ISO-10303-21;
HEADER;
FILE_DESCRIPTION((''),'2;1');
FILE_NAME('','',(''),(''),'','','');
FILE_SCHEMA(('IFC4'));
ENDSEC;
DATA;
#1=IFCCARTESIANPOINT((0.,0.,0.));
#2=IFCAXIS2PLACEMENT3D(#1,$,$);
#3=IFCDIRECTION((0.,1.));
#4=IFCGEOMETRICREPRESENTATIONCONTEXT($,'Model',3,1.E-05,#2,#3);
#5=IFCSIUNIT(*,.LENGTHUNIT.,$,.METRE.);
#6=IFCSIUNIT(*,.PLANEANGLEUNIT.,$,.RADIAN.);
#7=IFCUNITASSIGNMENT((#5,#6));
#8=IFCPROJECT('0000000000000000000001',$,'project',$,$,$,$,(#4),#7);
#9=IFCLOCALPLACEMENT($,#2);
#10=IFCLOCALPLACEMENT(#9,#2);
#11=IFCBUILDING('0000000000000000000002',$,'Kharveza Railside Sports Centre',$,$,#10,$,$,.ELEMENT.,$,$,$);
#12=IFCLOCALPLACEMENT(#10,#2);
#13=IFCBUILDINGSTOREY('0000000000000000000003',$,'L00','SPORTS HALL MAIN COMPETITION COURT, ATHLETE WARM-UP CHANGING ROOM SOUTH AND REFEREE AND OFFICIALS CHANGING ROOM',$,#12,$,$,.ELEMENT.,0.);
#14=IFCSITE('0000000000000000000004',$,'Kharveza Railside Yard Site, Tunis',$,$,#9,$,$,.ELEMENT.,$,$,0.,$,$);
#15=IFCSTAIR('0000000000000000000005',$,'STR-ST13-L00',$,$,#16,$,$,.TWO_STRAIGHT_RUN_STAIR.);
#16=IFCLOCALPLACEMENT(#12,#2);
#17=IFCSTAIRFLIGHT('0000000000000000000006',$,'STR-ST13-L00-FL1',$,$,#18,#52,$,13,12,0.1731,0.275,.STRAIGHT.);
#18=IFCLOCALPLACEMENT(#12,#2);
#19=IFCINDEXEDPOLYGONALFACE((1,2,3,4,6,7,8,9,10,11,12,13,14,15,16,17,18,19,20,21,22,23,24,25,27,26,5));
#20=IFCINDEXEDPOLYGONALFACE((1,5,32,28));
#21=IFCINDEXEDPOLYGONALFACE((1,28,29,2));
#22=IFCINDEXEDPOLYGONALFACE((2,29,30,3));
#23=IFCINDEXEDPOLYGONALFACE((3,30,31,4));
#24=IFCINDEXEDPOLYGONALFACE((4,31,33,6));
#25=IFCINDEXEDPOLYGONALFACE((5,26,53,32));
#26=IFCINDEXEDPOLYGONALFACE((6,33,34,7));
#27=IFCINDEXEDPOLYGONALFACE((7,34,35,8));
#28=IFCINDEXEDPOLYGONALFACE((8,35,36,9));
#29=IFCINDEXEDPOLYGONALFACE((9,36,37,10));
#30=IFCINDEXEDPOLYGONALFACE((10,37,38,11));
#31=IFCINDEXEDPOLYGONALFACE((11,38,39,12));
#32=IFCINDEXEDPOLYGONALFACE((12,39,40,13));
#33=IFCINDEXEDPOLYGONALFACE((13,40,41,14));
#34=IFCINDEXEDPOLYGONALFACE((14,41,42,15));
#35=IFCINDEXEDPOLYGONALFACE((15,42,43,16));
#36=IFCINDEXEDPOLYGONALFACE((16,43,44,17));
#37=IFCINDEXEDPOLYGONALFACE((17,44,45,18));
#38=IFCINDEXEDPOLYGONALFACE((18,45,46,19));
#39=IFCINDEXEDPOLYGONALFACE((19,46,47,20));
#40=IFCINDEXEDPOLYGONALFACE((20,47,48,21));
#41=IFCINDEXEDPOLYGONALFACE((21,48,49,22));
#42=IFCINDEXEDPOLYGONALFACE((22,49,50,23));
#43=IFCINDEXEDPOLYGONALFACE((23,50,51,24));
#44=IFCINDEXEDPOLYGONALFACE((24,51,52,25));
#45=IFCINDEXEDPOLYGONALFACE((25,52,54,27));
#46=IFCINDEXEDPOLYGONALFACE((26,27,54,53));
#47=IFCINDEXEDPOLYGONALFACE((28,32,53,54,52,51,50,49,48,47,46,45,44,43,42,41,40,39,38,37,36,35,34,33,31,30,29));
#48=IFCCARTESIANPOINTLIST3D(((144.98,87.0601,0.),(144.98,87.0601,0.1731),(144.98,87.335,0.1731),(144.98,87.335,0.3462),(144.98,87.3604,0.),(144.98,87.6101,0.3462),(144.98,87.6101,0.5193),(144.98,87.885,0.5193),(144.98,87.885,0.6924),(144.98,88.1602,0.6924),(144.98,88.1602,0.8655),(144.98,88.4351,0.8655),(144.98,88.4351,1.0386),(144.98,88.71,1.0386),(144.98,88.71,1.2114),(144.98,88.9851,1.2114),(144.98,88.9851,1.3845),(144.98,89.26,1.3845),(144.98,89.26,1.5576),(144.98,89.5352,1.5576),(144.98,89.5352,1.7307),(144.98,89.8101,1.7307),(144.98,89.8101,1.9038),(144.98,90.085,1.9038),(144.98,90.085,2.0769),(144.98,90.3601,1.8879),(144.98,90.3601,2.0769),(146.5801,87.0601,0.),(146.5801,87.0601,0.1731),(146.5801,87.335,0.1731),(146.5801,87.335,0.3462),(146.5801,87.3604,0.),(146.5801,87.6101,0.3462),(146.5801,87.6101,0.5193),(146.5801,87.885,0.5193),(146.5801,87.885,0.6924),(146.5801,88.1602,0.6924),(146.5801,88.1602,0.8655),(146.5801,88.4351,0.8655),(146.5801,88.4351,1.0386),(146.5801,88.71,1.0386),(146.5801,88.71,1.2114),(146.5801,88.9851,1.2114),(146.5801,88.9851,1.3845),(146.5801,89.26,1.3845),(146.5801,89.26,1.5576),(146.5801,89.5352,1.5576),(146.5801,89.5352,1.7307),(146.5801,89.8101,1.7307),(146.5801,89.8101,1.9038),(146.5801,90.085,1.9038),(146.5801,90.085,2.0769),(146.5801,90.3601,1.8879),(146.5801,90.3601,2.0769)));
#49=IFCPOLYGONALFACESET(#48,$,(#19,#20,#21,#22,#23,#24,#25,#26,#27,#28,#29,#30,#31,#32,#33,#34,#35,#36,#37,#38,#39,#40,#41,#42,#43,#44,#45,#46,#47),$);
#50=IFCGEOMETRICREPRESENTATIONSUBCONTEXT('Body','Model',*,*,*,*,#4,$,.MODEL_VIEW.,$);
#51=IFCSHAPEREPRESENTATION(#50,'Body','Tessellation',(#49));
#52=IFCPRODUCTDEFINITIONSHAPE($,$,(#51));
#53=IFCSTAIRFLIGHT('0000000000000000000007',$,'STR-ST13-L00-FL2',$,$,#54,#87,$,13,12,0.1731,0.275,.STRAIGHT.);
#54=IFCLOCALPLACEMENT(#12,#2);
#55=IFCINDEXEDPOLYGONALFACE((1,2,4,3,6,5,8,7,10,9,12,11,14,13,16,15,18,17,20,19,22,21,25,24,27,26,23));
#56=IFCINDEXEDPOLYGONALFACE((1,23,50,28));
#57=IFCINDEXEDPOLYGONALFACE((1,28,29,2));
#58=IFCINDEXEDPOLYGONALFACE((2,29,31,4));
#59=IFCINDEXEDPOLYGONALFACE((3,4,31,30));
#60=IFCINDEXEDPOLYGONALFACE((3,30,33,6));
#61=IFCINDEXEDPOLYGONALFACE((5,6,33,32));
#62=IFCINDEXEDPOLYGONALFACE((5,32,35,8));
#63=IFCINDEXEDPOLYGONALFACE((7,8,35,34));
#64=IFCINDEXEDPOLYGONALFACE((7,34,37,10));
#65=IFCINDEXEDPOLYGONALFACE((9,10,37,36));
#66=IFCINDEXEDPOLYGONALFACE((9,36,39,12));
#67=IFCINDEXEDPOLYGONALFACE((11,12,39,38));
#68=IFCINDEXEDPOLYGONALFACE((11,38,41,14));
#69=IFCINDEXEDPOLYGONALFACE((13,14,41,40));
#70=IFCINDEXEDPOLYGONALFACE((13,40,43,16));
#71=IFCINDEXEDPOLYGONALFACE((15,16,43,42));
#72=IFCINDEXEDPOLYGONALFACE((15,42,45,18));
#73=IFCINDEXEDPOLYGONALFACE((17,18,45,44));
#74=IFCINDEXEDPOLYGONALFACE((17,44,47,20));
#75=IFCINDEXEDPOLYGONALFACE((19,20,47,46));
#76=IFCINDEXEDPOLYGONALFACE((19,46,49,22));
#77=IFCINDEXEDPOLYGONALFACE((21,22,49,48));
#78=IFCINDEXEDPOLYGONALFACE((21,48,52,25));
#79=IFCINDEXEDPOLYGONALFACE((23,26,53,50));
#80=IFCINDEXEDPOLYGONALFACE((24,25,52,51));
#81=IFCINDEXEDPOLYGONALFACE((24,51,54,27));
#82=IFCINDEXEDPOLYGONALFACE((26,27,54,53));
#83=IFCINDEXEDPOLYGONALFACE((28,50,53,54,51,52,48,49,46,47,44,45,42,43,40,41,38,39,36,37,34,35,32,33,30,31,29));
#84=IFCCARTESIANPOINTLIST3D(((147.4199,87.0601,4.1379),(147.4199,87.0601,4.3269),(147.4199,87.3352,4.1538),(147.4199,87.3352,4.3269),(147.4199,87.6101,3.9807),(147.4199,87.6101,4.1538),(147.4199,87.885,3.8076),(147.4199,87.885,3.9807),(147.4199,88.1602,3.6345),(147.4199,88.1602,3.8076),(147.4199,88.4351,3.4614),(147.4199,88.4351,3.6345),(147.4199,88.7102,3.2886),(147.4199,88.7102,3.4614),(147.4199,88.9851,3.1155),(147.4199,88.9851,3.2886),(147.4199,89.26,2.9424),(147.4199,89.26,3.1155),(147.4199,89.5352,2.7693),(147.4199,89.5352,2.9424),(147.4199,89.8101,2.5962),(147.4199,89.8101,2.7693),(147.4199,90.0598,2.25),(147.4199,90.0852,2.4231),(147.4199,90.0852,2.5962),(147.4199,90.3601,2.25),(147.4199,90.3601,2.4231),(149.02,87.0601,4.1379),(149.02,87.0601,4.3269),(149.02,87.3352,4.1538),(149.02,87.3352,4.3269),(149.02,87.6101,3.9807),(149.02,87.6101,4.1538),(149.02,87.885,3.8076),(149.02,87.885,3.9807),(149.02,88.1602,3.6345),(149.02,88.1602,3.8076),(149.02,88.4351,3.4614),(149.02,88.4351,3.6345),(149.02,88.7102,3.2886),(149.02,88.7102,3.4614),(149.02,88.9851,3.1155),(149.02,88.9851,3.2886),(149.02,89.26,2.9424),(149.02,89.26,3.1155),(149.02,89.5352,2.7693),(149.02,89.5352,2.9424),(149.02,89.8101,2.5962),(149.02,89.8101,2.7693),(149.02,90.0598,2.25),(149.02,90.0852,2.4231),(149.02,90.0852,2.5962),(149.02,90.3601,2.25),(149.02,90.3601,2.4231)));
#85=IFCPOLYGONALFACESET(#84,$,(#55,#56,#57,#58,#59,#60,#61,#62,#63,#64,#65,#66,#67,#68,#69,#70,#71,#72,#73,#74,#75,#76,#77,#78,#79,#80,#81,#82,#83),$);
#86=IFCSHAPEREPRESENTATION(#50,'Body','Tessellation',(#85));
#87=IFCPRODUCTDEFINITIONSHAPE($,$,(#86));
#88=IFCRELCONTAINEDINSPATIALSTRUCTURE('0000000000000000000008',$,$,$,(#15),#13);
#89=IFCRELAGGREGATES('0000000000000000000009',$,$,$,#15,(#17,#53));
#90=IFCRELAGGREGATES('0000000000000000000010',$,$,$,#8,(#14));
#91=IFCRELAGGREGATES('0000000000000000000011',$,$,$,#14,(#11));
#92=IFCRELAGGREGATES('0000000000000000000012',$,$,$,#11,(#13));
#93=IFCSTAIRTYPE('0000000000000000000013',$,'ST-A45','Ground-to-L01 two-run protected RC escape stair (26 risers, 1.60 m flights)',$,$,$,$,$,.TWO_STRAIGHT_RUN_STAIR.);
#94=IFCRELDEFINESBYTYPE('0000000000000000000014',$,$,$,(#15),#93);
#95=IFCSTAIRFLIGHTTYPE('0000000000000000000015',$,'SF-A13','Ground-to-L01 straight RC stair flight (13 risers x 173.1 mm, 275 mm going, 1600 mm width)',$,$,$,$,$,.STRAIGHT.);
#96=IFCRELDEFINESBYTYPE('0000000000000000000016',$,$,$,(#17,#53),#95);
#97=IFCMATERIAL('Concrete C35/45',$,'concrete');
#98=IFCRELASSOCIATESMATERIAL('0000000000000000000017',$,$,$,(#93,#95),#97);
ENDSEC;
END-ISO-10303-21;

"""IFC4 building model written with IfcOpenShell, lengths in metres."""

from ifc_helpers import new_model, si_unit, direction, frame, origin, place, context, subcontext, project, spatial, polyline, outline, extrude, material, type_object, element, aggregate, save


model = new_model("IFC4")

# Units and contexts
model_context = context("Model", 3, precision=1e-05, world=origin(), true_north=direction((0.0, 1.0)))
body_context = subcontext(model_context, "Body", "Model", "MODEL_VIEW")
ifc_project = project(units=[si_unit("LENGTHUNIT", "METRE"), si_unit("PLANEANGLEUNIT", "RADIAN")], contexts=[model_context])

# Site, building, storey
site_placement = place(None, origin())
site = spatial("IfcSite", under=ifc_project, at=site_placement, Name="Kharveza Railside Yard Site, Tunis", CompositionType="ELEMENT", RefElevation=0.0)
building_placement = place(site_placement, origin())
building = spatial("IfcBuilding", under=site, at=building_placement, Name="Kharveza Railside Sports Centre", CompositionType="ELEMENT")
storey_placement = place(building_placement, origin())
storey = spatial("IfcBuildingStorey", under=building, at=storey_placement, Name="L00", Description="SPORTS HALL MAIN COMPETITION COURT, ATHLETE WARM-UP CHANGING ROOM SOUTH AND REFEREE AND OFFICIALS CHANGING ROOM", CompositionType="ELEMENT", Elevation=0.0)

# Shared definitions
ifc_material_1 = material(Name="Concrete C35/45", Category="concrete")

# Stair, stair flights
stair_type = type_object("IfcStairType", Name="ST-A45", Description="Ground-to-L01 two-run protected RC escape stair (26 risers, 1.60 m flights)", PredefinedType="TWO_STRAIGHT_RUN_STAIR", material=ifc_material_1)
stair_placement = place(storey_placement, origin())
stair = element("IfcStair", 1, at=stair_placement, inside=storey, type_object=stair_type, Name="STR-ST13-L00", PredefinedType="TWO_STRAIGHT_RUN_STAIR")
stair_flight_type = type_object("IfcStairFlightType", Name="SF-A13", Description="Ground-to-L01 straight RC stair flight (13 risers x 173.1 mm, 275 mm going, 1600 mm width)", PredefinedType="STRAIGHT", material=ifc_material_1)
stair_flight_1_placement = place(storey_placement, frame((145.78, 87.0601, 0.0), z_axis=(0.0, 0.0, 1.0), x_axis=(0.0, 1.0, 0.0)))
stair_flight_1 = element("IfcStairFlight", 2, at=stair_flight_1_placement, type_object=stair_flight_type, Name="STR-ST13-L00-FL1", NumberOfRisers=13, NumberOfTreads=12, PredefinedType="STRAIGHT", RiserHeight=0.1731, TreadLength=0.275, context=body_context, shape_type="SweptSolid", body=[
    extrude(outline(polyline([(0.0, 0.0), (0.0, 0.1731), (0.2749, 0.1731), (0.2749, 0.3462), (0.55, 0.3462), (0.55, 0.5193), (0.825, 0.5193), (0.825, 0.6924), (1.1001, 0.6924), (1.1001, 0.8655), (1.375, 0.8655), (1.375, 1.0386), (1.6499, 1.0386), (1.6499, 1.2114), (1.925, 1.2114), (1.925, 1.3845), (2.2, 1.3845), (2.2, 1.5576), (2.4751, 1.5576), (2.4751, 1.7307), (2.75, 1.7307), (2.75, 1.9038), (3.0249, 1.9038), (3.0249, 2.0769), (3.3, 2.0769), (3.3, 2.25), (3.3, 1.8879), (0.3003, 0.0), (0.0, 0.0)])), frame((0.0, 0.8, 0.0), z_axis=(0.0, -1.0, 0.0), x_axis=(1.0, 0.0, 0.0)), (0.0, 0.0, 1.0), 1.6001),
])
stair_flight_2_placement = place(storey_placement, frame((148.22, 90.3601, 2.25), z_axis=(0.0, 0.0, 1.0), x_axis=(0.0, -1.0, 0.0)))
stair_flight_2 = element("IfcStairFlight", 3, at=stair_flight_2_placement, type_object=stair_flight_type, Name="STR-ST13-L00-FL2", NumberOfRisers=13, NumberOfTreads=12, PredefinedType="STRAIGHT", RiserHeight=0.1731, TreadLength=0.275, context=body_context, shape_type="SweptSolid", body=[
    extrude(outline(polyline([(0.0, 0.0), (0.0, 0.1731), (0.2749, 0.1731), (0.2749, 0.3462), (0.55, 0.3462), (0.55, 0.5193), (0.825, 0.5193), (0.825, 0.6924), (1.1001, 0.6924), (1.1001, 0.8655), (1.375, 0.8655), (1.375, 1.0386), (1.6499, 1.0386), (1.6499, 1.2114), (1.925, 1.2114), (1.925, 1.3845), (2.2, 1.3845), (2.2, 1.5576), (2.4751, 1.5576), (2.4751, 1.7307), (2.75, 1.7307), (2.75, 1.9038), (3.0249, 1.9038), (3.0249, 2.0769), (3.3, 2.0769), (3.3, 2.25), (3.3, 1.8879), (0.3003, 0.0), (0.0, 0.0)])), frame((0.0, 0.8, 0.0), z_axis=(0.0, -1.0, 0.0), x_axis=(1.0, 0.0, 0.0)), (0.0, 0.0, 1.0), 1.6001),
])
aggregate(stair, [stair_flight_1, stair_flight_2])

save(model, "model.ifc")
